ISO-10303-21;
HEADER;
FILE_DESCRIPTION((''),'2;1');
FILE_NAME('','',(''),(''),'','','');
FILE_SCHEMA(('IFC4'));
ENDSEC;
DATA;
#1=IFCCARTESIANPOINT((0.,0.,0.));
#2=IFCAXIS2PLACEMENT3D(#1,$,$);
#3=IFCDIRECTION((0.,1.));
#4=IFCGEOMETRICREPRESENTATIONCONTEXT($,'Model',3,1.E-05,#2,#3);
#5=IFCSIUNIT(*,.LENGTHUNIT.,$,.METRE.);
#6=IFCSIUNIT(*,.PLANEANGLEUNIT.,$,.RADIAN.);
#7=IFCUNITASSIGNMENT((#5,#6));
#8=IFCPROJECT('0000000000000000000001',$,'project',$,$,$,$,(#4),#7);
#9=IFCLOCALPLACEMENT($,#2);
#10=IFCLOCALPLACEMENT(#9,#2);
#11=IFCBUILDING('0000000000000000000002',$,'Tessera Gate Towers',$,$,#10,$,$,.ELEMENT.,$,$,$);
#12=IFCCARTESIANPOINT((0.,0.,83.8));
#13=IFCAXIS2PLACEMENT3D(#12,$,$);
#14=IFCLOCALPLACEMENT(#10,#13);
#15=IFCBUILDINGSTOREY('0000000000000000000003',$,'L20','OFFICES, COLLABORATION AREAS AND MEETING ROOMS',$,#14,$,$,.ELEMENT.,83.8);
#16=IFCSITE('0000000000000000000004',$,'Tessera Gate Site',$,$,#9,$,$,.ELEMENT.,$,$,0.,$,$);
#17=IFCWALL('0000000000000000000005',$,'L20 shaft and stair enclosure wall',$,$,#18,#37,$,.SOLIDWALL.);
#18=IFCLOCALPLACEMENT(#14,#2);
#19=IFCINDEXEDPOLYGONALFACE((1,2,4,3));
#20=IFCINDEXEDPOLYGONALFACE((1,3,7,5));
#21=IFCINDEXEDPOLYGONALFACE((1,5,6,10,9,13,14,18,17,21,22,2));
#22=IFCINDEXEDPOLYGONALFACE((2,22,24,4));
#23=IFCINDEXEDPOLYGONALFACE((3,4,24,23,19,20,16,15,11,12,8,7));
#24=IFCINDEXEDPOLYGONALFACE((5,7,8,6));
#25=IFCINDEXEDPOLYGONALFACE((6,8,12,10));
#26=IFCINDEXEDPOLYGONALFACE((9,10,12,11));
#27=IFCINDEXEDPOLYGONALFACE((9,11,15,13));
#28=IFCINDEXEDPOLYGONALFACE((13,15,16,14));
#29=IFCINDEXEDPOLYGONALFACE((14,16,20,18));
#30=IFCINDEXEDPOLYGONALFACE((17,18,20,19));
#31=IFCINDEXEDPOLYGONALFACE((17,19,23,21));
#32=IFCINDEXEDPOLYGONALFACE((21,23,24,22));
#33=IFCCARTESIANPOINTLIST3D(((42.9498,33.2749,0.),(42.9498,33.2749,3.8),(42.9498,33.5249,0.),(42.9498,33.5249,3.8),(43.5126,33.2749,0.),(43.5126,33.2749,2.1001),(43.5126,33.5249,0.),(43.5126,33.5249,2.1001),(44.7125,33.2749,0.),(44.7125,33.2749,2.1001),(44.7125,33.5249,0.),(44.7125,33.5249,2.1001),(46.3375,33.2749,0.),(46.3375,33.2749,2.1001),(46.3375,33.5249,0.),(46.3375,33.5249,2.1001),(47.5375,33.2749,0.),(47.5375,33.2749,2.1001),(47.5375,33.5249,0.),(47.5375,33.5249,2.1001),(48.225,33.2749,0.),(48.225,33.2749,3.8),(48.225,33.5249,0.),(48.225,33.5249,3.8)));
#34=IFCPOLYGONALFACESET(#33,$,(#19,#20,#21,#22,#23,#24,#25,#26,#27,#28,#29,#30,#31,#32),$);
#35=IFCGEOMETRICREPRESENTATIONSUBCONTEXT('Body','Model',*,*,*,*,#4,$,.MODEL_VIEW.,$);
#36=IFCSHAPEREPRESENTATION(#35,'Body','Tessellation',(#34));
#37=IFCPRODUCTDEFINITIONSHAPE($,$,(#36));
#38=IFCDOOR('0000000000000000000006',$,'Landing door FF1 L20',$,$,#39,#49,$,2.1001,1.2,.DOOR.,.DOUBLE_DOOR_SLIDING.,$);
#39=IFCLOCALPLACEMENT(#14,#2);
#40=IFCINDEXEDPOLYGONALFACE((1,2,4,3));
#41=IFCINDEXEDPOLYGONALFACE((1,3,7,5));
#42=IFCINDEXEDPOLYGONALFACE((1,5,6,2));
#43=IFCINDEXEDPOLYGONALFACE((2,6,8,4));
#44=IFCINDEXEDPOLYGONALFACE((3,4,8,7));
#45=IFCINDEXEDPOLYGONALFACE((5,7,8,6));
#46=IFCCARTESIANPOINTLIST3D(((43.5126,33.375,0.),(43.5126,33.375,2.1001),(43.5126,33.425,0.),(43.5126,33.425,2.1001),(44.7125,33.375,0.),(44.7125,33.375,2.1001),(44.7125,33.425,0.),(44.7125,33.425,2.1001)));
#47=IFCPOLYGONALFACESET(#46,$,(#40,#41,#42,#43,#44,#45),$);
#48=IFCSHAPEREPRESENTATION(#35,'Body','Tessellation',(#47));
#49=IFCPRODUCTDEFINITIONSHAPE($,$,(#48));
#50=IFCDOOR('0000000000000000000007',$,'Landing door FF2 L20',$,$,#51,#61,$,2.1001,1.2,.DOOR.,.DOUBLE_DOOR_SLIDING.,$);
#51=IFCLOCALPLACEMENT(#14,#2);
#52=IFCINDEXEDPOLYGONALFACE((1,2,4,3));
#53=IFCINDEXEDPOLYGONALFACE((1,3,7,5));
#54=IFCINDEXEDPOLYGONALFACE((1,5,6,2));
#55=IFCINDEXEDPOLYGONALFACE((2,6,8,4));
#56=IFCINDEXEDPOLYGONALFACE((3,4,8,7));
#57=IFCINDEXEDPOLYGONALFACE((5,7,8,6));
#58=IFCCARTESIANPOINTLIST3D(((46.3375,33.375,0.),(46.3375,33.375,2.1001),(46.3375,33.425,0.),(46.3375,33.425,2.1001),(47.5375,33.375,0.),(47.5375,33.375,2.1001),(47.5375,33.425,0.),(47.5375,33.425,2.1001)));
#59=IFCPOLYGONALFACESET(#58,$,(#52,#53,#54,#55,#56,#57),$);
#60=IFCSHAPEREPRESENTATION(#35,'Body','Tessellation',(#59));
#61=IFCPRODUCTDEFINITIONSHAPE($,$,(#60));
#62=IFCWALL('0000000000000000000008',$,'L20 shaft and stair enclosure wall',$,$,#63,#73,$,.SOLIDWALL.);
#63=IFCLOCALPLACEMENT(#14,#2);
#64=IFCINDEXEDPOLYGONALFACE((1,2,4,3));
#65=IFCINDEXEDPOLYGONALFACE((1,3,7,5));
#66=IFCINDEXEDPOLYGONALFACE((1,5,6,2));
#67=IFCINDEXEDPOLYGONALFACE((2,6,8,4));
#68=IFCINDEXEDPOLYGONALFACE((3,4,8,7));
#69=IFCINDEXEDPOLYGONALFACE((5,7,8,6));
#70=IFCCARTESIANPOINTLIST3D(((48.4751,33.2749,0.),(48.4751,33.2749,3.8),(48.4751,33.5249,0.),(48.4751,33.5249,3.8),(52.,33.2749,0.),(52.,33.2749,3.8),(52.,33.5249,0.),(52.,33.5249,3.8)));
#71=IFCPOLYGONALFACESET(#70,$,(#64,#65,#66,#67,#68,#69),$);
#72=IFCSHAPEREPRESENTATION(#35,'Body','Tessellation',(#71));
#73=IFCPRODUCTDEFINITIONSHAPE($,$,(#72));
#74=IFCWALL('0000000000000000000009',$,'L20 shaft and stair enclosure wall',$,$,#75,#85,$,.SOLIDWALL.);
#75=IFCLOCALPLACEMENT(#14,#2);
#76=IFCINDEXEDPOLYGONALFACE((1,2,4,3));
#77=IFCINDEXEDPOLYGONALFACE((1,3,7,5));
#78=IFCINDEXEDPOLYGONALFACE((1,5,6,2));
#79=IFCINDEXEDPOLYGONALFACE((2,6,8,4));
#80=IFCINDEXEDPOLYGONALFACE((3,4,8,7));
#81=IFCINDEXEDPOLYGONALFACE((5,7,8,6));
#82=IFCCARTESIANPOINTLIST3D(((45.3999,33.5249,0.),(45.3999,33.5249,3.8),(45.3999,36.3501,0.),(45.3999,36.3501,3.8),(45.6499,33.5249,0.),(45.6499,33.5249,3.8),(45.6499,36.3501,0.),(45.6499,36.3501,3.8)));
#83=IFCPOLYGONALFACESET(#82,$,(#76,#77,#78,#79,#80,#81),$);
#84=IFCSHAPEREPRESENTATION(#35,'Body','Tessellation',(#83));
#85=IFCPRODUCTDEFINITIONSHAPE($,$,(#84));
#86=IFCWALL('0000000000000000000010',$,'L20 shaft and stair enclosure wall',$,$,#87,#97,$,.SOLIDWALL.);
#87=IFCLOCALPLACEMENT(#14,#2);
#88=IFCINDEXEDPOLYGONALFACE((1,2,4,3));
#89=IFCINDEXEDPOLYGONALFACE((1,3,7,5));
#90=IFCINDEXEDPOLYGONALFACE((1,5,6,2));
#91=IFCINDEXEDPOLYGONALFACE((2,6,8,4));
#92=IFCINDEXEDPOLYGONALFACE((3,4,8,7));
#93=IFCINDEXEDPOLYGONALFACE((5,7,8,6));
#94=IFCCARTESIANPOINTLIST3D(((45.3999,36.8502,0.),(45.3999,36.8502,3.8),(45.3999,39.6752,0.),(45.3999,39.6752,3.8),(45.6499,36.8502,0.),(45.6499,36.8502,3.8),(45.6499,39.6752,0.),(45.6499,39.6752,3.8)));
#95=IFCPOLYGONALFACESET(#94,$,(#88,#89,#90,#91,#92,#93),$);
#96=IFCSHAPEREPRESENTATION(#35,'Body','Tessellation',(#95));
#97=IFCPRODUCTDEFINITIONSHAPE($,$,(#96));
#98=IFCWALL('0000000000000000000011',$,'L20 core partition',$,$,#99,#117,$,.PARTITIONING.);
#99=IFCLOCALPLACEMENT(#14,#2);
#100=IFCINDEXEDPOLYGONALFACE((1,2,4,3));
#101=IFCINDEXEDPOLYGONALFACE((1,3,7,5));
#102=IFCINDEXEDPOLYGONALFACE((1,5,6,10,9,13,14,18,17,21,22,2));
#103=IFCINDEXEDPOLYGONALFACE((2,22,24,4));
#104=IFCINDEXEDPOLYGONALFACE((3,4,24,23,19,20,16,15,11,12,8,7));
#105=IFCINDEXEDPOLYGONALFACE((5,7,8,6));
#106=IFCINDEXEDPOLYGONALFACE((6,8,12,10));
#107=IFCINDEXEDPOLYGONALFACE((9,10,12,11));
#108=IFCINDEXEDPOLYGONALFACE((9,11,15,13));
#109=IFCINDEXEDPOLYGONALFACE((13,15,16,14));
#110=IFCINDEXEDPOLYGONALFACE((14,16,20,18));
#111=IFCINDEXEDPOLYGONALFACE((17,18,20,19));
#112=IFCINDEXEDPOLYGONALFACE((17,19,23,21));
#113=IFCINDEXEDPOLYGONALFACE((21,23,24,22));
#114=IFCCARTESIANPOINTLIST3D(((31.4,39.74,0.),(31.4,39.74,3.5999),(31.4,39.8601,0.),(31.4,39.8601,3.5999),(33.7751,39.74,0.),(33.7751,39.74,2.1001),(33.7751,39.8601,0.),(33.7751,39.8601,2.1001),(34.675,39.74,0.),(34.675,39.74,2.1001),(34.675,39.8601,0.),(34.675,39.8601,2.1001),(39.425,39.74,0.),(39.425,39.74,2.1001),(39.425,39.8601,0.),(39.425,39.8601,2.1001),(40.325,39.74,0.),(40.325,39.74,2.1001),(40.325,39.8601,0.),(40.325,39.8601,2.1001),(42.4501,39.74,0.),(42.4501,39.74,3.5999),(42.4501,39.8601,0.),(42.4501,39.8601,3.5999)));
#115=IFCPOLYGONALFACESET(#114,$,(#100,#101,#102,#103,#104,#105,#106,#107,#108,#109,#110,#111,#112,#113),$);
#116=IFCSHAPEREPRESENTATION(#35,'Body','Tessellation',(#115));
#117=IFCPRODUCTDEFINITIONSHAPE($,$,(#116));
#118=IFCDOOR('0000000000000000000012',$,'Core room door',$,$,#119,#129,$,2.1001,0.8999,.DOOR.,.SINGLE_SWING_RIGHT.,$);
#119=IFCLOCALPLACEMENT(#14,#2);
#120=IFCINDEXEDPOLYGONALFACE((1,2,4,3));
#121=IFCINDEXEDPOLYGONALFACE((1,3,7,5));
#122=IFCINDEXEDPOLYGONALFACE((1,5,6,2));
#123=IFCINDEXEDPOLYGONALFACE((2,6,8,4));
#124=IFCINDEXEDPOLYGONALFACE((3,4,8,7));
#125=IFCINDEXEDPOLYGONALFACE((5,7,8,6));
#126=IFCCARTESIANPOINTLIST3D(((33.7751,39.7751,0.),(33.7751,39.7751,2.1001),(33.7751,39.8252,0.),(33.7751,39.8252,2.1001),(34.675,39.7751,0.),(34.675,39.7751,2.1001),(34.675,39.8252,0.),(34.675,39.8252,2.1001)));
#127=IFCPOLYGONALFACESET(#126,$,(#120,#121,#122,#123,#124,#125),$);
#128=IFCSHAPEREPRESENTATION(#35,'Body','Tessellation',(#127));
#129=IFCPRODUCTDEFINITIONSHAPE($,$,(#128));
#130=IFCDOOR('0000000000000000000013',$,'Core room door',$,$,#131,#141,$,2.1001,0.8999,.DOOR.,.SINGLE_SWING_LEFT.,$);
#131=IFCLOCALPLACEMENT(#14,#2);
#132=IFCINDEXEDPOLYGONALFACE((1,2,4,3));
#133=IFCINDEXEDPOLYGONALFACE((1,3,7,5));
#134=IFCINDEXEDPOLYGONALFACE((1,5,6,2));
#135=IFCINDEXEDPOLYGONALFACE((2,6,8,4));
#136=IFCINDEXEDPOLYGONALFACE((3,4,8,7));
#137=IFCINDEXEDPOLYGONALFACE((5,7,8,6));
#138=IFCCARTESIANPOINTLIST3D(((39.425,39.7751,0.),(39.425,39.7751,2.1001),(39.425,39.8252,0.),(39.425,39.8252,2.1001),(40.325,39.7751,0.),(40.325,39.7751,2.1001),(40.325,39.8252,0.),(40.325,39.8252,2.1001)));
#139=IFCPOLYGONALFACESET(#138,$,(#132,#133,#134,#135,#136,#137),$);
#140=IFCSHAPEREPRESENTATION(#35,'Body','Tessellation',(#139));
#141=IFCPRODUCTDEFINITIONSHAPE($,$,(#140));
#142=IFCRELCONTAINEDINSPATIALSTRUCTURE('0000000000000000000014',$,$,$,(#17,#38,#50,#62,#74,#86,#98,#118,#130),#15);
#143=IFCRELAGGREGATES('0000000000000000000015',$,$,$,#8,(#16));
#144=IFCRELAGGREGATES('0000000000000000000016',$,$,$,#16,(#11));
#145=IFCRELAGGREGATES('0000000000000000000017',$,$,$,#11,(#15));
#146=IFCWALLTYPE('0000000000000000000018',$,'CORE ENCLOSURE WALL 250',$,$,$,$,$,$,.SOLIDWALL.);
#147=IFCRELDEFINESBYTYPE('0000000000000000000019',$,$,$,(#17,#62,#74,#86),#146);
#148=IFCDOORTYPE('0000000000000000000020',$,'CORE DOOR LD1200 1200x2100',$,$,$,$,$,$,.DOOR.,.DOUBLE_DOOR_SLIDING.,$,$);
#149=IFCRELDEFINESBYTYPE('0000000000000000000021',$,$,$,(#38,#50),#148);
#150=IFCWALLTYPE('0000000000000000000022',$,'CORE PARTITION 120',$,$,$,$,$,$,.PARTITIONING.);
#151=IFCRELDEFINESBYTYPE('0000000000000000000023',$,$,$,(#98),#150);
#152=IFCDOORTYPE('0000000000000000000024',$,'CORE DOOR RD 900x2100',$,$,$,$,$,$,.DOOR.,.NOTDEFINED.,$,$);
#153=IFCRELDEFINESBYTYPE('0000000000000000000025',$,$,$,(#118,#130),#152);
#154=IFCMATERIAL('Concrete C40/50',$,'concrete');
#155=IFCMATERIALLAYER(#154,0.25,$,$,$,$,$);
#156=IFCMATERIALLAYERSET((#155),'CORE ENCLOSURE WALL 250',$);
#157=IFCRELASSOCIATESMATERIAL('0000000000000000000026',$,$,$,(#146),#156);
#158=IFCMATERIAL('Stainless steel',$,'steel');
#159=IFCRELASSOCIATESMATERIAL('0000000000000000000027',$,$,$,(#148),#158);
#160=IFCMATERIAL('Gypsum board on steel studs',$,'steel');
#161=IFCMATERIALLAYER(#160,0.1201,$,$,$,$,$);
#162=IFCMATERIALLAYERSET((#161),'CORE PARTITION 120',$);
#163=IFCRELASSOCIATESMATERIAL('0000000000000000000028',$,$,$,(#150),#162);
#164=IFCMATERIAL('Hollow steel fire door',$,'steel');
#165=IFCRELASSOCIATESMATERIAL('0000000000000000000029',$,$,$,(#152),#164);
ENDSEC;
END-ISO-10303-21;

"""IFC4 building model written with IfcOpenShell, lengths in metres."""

from ifc_helpers import new_model, si_unit, direction, frame, frame_2d, origin, place, context, subcontext, project, spatial, rectangle, extrude, source, transform, mapped, material, layer, layer_set, type_object, element, fill, save


model = new_model("IFC4")

# Units and contexts
model_context = context("Model", 3, precision=1e-05, world=origin(), true_north=direction((0.0, 1.0)))
body_context = subcontext(model_context, "Body", "Model", "MODEL_VIEW")
ifc_project = project(units=[si_unit("LENGTHUNIT", "METRE"), si_unit("PLANEANGLEUNIT", "RADIAN")], contexts=[model_context])

# Site, building, storey
site_placement = place(None, origin())
site = spatial("IfcSite", under=ifc_project, at=site_placement, Name="Tessera Gate Site", CompositionType="ELEMENT", RefElevation=0.0)
building_placement = place(site_placement, origin())
building = spatial("IfcBuilding", under=site, at=building_placement, Name="Tessera Gate Towers", CompositionType="ELEMENT")
storey_placement = place(building_placement, frame((0.0, 0.0, 83.8)))
storey = spatial("IfcBuildingStorey", under=building, at=storey_placement, Name="L20", Description="OFFICES, COLLABORATION AREAS AND MEETING ROOMS", CompositionType="ELEMENT", Elevation=83.8)

# Shared definitions
ifc_material_1 = material(Name="Concrete C40/50", Category="concrete")
ifc_layer_1 = layer(ifc_material_1, 0.25)
ifc_layer_set_1 = layer_set([ifc_layer_1], Name="CORE ENCLOSURE WALL 250")
wall_type_1 = type_object("IfcWallType", Name="CORE ENCLOSURE WALL 250", PredefinedType="SOLIDWALL", material=ifc_layer_set_1)
shared_shape_1 = source(origin(), body_context, "Body", "SweptSolid", [
    extrude(rectangle(XDim=1.2, YDim=2.1001, at=frame_2d((0.6001, 1.05))), frame((0.0, 0.135, 0.0), z_axis=(0.0, -1.0, 0.0), x_axis=(1.0, 0.0, 0.0)), (0.0, 0.0, 1.0), 0.27),
])
shared_shape_2 = source(origin(), body_context, "Body", "SweptSolid", [
    extrude(rectangle(XDim=1.2, YDim=2.1001, at=frame_2d((0.6001, 1.05))), frame((0.0, 0.0249, 0.0), z_axis=(0.0, -1.0, 0.0), x_axis=(1.0, 0.0, 0.0)), (0.0, 0.0, 1.0), 0.05),
])

# Wall, openings, doors
wall_1_placement = place(storey_placement, frame((48.2251, 33.3999, 0.0), z_axis=(0.0, 0.0, 1.0), x_axis=(-1.0, 0.0, 0.0)))
wall_1 = element("IfcWall", 1, at=wall_1_placement, inside=storey, type_object=wall_type_1, Name="L20 shaft and stair enclosure wall", PredefinedType="SOLIDWALL", context=body_context, shape_type="SweptSolid", body=[
    extrude(rectangle(XDim=5.2751, YDim=0.25, at=frame_2d((2.6377, 0.0))), origin(), (0.0, 0.0, 1.0), 3.8),
])
opening_1_placement = place(wall_1_placement, frame((3.5125, 0.0, 0.0)))
opening_1 = element("IfcOpeningElement", 2, at=opening_1_placement, cuts=wall_1, PredefinedType="OPENING", context=body_context, shape_type="MappedRepresentation", body=[
    mapped(shared_shape_1, transform((0.0, 0.0, 0.0), scale=1.0)),
])
opening_2_placement = place(wall_1_placement, frame((0.6875, 0.0, 0.0)))
opening_2 = element("IfcOpeningElement", 3, at=opening_2_placement, cuts=wall_1, PredefinedType="OPENING", context=body_context, shape_type="MappedRepresentation", body=[
    mapped(shared_shape_1, transform((0.0, 0.0, 0.0), scale=1.0)),
])
ifc_material_2 = material(Name="Stainless steel", Category="steel")
door_type_1 = type_object("IfcDoorType", Name="CORE DOOR LD1200 1200x2100", OperationType="DOUBLE_DOOR_SLIDING", PredefinedType="DOOR", material=ifc_material_2)
door_1_placement = place(opening_1_placement, origin())
door_1 = element("IfcDoor", 4, at=door_1_placement, inside=storey, type_object=door_type_1, Name="Landing door FF1 L20", OperationType="DOUBLE_DOOR_SLIDING", OverallHeight=2.1001, OverallWidth=1.2, PredefinedType="DOOR", context=body_context, shape_type="MappedRepresentation", body=[
    mapped(shared_shape_2, transform((0.0, 0.0, 0.0), scale=1.0)),
])
fill(opening_1, door_1)
door_2_placement = place(opening_2_placement, origin())
door_2 = element("IfcDoor", 5, at=door_2_placement, inside=storey, type_object=door_type_1, Name="Landing door FF2 L20", OperationType="DOUBLE_DOOR_SLIDING", OverallHeight=2.1001, OverallWidth=1.2, PredefinedType="DOOR", context=body_context, shape_type="MappedRepresentation", body=[
    mapped(shared_shape_2, transform((0.0, 0.0, 0.0), scale=1.0)),
])
fill(opening_2, door_2)

# Walls
wall_2_placement = place(storey_placement, frame((48.4751, 33.3999, 0.0), z_axis=(0.0, 0.0, 1.0), x_axis=(1.0, 0.0, 0.0)))
element("IfcWall", 6, at=wall_2_placement, inside=storey, type_object=wall_type_1, Name="L20 shaft and stair enclosure wall", PredefinedType="SOLIDWALL", context=body_context, shape_type="SweptSolid", body=[
    extrude(rectangle(XDim=3.5249, YDim=0.25, at=frame_2d((1.7625, 0.0))), origin(), (0.0, 0.0, 1.0), 3.8),
])
wall_3_placement = place(storey_placement, frame((45.5249, 33.5249, 0.0), z_axis=(0.0, 0.0, 1.0), x_axis=(0.0, 1.0, 0.0)))
element("IfcWall", 7, at=wall_3_placement, inside=storey, type_object=wall_type_1, Name="L20 shaft and stair enclosure wall", PredefinedType="SOLIDWALL", context=body_context, shape_type="SweptSolid", body=[
    extrude(rectangle(XDim=2.8252, YDim=0.25, at=frame_2d((1.4126, 0.0))), origin(), (0.0, 0.0, 1.0), 3.8),
])
wall_4_placement = place(storey_placement, frame((45.5249, 36.8501, 0.0), z_axis=(0.0, 0.0, 1.0), x_axis=(0.0, 1.0, 0.0)))
element("IfcWall", 8, at=wall_4_placement, inside=storey, type_object=wall_type_1, Name="L20 shaft and stair enclosure wall", PredefinedType="SOLIDWALL", context=body_context, shape_type="SweptSolid", body=[
    extrude(rectangle(XDim=2.825, YDim=0.25, at=frame_2d((1.4126, 0.0))), origin(), (0.0, 0.0, 1.0), 3.8),
])

# Wall, openings, doors
ifc_material_3 = material(Name="Gypsum board on steel studs", Category="steel")
ifc_layer_2 = layer(ifc_material_3, 0.1201)
ifc_layer_set_2 = layer_set([ifc_layer_2], Name="CORE PARTITION 120")
wall_type_2 = type_object("IfcWallType", Name="CORE PARTITION 120", PredefinedType="PARTITIONING", material=ifc_layer_set_2)
wall_5_placement = place(storey_placement, frame((42.45, 39.8, 0.0), z_axis=(0.0, 0.0, 1.0), x_axis=(-1.0, 0.0, 0.0)))
wall_5 = element("IfcWall", 9, at=wall_5_placement, inside=storey, type_object=wall_type_2, Name="L20 core partition", PredefinedType="PARTITIONING", context=body_context, shape_type="SweptSolid", body=[
    extrude(rectangle(XDim=11.05, YDim=0.1201, at=frame_2d((5.5249, 0.0))), origin(), (0.0, 0.0, 1.0), 3.5999),
])
shared_shape_3 = source(origin(), body_context, "Body", "SweptSolid", [
    extrude(rectangle(XDim=0.8999, YDim=2.1001, at=frame_2d((0.45, 1.05))), frame((0.0, 0.0701, 0.0), z_axis=(0.0, -1.0, 0.0), x_axis=(1.0, 0.0, 0.0)), (0.0, 0.0, 1.0), 0.1401),
])
opening_3_placement = place(wall_5_placement, frame((7.7749, 0.0, 0.0)))
opening_3 = element("IfcOpeningElement", 10, at=opening_3_placement, cuts=wall_5, PredefinedType="OPENING", context=body_context, shape_type="MappedRepresentation", body=[
    mapped(shared_shape_3, transform((0.0, 0.0, 0.0), scale=1.0)),
])
opening_4_placement = place(wall_5_placement, frame((2.125, 0.0, 0.0)))
opening_4 = element("IfcOpeningElement", 11, at=opening_4_placement, cuts=wall_5, PredefinedType="OPENING", context=body_context, shape_type="MappedRepresentation", body=[
    mapped(shared_shape_3, transform((0.0, 0.0, 0.0), scale=1.0)),
])
ifc_material_4 = material(Name="Hollow steel fire door", Category="steel")
door_type_2 = type_object("IfcDoorType", Name="CORE DOOR RD 900x2100", OperationType="NOTDEFINED", PredefinedType="DOOR", material=ifc_material_4)
shared_shape_4 = source(origin(), body_context, "Body", "SweptSolid", [
    extrude(rectangle(XDim=0.8999, YDim=2.1001, at=frame_2d((0.45, 1.05))), frame((0.0, 0.0249, 0.0), z_axis=(0.0, -1.0, 0.0), x_axis=(1.0, 0.0, 0.0)), (0.0, 0.0, 1.0), 0.05),
])
door_3_placement = place(opening_3_placement, origin())
door_3 = element("IfcDoor", 12, at=door_3_placement, inside=storey, type_object=door_type_2, Name="Core room door", OperationType="SINGLE_SWING_RIGHT", OverallHeight=2.1001, OverallWidth=0.8999, PredefinedType="DOOR", context=body_context, shape_type="MappedRepresentation", body=[
    mapped(shared_shape_4, transform((0.0, 0.0, 0.0), scale=1.0)),
])
fill(opening_3, door_3)
door_4_placement = place(opening_4_placement, origin())
door_4 = element("IfcDoor", 13, at=door_4_placement, inside=storey, type_object=door_type_2, Name="Core room door", OperationType="SINGLE_SWING_LEFT", OverallHeight=2.1001, OverallWidth=0.8999, PredefinedType="DOOR", context=body_context, shape_type="MappedRepresentation", body=[
    mapped(shared_shape_4, transform((0.0, 0.0, 0.0), scale=1.0)),
])
fill(opening_4, door_4)

save(model, "model.ifc")
